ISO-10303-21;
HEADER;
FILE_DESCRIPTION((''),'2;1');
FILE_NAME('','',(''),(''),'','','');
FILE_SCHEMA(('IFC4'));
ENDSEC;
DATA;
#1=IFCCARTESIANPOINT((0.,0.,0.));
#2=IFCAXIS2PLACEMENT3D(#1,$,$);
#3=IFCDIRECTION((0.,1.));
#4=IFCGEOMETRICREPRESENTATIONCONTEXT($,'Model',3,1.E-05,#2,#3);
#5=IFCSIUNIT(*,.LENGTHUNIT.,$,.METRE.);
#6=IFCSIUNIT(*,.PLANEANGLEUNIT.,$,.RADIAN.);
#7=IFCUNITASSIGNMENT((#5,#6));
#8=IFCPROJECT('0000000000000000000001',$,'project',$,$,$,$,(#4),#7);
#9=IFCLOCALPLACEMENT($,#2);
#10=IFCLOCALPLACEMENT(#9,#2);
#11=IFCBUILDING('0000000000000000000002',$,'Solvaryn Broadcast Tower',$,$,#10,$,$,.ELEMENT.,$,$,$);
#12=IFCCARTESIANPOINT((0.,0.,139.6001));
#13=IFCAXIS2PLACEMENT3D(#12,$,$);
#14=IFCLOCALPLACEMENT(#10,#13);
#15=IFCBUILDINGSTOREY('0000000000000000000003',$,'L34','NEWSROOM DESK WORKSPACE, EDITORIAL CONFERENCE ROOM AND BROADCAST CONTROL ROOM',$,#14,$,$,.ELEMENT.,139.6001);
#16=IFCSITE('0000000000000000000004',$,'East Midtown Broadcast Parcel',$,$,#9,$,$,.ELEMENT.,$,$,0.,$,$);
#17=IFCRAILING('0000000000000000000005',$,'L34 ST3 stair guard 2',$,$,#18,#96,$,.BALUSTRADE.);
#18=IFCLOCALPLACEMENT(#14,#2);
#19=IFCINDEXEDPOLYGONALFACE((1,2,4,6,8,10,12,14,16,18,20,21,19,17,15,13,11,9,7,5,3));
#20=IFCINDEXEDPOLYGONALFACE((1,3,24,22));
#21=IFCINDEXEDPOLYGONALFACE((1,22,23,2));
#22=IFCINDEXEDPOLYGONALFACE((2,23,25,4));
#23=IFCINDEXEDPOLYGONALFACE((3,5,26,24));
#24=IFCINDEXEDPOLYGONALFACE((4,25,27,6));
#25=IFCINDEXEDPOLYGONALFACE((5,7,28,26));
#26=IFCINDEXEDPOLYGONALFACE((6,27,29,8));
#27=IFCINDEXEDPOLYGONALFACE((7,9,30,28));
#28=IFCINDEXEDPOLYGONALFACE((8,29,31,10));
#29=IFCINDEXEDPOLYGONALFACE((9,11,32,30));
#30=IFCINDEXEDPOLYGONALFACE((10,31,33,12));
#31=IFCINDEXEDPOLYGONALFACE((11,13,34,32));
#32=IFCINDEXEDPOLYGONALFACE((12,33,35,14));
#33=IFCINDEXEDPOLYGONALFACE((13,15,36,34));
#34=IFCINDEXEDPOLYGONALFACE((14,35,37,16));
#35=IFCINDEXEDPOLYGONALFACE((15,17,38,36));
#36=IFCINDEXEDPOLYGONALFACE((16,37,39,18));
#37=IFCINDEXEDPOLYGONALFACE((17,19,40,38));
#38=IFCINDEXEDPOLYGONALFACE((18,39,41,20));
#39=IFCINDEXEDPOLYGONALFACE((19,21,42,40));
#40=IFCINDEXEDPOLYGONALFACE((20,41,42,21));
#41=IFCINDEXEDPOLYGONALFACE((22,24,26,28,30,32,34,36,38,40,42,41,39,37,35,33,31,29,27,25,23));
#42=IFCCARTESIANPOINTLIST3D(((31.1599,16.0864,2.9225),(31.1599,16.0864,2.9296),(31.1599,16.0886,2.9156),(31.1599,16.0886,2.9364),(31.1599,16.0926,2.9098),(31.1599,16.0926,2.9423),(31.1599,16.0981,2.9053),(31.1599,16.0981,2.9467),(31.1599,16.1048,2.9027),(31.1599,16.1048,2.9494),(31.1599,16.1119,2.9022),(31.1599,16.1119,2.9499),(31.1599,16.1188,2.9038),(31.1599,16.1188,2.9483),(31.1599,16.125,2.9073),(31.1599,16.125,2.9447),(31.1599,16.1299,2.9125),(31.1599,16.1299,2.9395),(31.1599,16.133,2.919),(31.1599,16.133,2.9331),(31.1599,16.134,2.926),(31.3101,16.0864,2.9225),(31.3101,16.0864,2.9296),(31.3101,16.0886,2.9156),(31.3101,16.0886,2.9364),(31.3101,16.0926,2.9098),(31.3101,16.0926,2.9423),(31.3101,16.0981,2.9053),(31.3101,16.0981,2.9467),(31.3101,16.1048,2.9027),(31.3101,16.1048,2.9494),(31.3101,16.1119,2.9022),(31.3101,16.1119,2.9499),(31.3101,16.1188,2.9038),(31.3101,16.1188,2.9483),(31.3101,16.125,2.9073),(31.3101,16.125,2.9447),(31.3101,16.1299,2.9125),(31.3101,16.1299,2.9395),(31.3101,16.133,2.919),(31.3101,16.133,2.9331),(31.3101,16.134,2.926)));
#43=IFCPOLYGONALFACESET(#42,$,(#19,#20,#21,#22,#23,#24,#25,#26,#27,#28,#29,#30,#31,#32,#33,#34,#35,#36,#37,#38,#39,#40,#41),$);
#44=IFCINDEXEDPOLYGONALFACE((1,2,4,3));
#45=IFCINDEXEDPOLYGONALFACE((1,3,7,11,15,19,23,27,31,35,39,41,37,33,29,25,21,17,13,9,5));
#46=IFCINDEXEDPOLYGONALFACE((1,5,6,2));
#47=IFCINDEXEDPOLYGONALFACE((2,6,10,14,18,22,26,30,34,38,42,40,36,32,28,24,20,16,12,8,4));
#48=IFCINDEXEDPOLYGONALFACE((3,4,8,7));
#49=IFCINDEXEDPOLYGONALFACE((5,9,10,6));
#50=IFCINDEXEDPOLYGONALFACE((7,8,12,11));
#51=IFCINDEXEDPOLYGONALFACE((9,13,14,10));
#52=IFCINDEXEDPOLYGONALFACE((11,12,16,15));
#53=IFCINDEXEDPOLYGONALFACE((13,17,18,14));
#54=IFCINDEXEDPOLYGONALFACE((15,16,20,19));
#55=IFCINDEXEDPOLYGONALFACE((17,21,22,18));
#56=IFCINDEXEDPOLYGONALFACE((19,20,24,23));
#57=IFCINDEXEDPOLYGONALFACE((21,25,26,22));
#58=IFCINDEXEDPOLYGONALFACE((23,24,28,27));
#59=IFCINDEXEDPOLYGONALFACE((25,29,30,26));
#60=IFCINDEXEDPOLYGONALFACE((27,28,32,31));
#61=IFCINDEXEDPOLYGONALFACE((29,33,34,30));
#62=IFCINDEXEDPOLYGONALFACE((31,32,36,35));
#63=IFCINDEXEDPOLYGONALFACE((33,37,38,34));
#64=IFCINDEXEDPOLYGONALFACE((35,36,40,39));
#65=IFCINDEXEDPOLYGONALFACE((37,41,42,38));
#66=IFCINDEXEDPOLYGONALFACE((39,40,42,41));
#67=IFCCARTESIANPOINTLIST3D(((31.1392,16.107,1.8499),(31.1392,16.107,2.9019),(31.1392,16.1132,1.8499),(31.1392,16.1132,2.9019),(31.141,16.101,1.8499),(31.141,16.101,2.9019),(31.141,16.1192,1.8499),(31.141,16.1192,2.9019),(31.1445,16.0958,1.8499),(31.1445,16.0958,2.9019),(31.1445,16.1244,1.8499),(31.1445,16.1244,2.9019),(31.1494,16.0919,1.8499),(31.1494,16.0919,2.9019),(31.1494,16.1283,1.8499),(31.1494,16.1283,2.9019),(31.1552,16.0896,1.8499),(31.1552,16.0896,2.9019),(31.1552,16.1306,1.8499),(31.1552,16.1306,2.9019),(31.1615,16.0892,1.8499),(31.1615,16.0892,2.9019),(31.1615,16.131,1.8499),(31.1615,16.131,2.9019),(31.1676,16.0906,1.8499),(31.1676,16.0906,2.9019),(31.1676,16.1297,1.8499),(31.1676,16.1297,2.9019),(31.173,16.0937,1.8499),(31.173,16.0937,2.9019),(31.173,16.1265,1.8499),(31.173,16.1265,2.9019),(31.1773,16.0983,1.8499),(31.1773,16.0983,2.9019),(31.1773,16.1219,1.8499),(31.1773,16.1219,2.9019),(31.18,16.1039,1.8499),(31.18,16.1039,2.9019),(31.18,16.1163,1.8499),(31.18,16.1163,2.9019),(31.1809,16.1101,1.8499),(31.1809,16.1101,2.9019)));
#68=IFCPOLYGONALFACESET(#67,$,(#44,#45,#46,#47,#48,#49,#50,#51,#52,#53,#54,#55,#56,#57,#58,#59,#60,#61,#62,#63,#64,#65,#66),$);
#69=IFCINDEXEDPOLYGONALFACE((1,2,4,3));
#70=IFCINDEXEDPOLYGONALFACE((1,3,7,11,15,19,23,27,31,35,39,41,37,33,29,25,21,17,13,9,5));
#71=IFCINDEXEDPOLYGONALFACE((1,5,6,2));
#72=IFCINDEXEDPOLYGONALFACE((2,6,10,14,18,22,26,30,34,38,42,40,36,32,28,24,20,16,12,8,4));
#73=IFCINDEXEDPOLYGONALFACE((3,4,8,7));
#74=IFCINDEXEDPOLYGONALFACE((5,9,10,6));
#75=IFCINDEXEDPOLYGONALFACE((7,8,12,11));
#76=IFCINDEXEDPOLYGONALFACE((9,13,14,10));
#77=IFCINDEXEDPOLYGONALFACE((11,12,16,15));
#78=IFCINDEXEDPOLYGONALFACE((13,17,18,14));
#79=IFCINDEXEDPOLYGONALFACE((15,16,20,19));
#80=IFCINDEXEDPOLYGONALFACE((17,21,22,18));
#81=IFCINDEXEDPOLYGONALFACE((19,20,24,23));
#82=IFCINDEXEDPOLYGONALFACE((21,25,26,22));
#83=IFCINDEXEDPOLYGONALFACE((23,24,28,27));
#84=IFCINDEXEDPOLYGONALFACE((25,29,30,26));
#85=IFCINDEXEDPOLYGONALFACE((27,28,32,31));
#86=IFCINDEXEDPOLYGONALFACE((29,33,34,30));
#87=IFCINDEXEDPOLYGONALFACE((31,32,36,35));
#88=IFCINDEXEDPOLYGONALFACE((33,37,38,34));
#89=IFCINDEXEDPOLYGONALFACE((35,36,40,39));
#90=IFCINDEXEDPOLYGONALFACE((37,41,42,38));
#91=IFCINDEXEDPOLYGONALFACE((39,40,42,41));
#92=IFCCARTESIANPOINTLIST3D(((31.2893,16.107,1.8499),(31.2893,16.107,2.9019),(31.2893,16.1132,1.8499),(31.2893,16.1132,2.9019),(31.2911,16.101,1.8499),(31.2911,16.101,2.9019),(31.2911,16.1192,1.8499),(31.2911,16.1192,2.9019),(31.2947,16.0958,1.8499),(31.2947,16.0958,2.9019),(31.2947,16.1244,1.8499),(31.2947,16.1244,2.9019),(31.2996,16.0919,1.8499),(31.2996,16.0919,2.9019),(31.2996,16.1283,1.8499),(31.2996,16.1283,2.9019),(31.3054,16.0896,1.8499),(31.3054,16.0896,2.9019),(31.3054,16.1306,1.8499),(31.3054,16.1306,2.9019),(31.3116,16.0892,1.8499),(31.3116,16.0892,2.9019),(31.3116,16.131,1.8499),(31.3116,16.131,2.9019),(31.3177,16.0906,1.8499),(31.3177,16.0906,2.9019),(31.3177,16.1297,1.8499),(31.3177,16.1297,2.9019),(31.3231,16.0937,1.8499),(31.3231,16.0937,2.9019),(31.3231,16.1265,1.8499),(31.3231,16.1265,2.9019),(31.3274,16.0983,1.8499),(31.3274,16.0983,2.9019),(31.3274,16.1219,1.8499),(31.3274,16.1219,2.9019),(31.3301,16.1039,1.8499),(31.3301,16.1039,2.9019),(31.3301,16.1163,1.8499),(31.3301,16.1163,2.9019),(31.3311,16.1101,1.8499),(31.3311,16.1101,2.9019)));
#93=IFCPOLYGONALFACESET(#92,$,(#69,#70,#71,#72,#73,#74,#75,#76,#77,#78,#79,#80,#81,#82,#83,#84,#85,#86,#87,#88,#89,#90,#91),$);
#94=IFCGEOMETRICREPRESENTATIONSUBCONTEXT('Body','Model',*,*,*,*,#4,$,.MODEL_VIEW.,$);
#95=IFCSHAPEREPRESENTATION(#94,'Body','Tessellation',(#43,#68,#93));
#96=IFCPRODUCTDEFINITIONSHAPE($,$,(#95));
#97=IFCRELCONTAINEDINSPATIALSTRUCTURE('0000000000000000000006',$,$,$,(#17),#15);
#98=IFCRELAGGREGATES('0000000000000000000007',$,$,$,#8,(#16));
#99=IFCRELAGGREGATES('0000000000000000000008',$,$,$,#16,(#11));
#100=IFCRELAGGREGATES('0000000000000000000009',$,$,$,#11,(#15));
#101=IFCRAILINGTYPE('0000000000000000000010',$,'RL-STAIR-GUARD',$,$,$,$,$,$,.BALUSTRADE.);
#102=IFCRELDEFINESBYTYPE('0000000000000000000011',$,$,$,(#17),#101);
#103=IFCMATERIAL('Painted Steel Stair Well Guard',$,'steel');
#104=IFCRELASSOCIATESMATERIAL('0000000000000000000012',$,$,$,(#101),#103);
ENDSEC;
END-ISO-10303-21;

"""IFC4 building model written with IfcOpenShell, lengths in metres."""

from ifc_helpers import new_model, si_unit, direction, frame, origin, origin_2d, place, context, subcontext, project, spatial, circle, extrude, material, type_object, element, save


model = new_model("IFC4")

# Units and contexts
model_context = context("Model", 3, precision=1e-05, world=origin(), true_north=direction((0.0, 1.0)))
body_context = subcontext(model_context, "Body", "Model", "MODEL_VIEW")
ifc_project = project(units=[si_unit("LENGTHUNIT", "METRE"), si_unit("PLANEANGLEUNIT", "RADIAN")], contexts=[model_context])

# Site, building, storey
site_placement = place(None, origin())
site = spatial("IfcSite", under=ifc_project, at=site_placement, Name="East Midtown Broadcast Parcel", CompositionType="ELEMENT", RefElevation=0.0)
building_placement = place(site_placement, origin())
building = spatial("IfcBuilding", under=site, at=building_placement, Name="Solvaryn Broadcast Tower", CompositionType="ELEMENT")
storey_placement = place(building_placement, frame((0.0, 0.0, 139.6001)))
storey = spatial("IfcBuildingStorey", under=building, at=storey_placement, Name="L34", Description="NEWSROOM DESK WORKSPACE, EDITORIAL CONFERENCE ROOM AND BROADCAST CONTROL ROOM", CompositionType="ELEMENT", Elevation=139.6001)

# Railing
ifc_material_1 = material(Name="Painted Steel Stair Well Guard", Category="steel")
railing_type_1 = type_object("IfcRailingType", Name="RL-STAIR-GUARD", PredefinedType="BALUSTRADE", material=ifc_material_1)
railing_1_placement = place(storey_placement, frame((31.1599, 16.1101, 1.8499)))
element("IfcRailing", 1, at=railing_1_placement, inside=storey, type_object=railing_type_1, Name="L34 ST3 stair guard 2", PredefinedType="BALUSTRADE", context=body_context, shape_type="SweptSolid", body=[
    extrude(circle(Radius=0.0239, at=origin_2d()), frame((0.0, 0.0, 1.0762), z_axis=(1.0, 0.0, 0.0), x_axis=(0.0, 1.0, 0.0)), (0.0, 0.0, 1.0), 0.1501),
    extrude(circle(Radius=0.021, at=origin_2d()), origin(), (0.0, 0.0, 1.0), 1.052),
    extrude(circle(Radius=0.021, at=origin_2d()), frame((0.1501, 0.0, 0.0)), (0.0, 0.0, 1.0), 1.052),
])

save(model, "model.ifc")
